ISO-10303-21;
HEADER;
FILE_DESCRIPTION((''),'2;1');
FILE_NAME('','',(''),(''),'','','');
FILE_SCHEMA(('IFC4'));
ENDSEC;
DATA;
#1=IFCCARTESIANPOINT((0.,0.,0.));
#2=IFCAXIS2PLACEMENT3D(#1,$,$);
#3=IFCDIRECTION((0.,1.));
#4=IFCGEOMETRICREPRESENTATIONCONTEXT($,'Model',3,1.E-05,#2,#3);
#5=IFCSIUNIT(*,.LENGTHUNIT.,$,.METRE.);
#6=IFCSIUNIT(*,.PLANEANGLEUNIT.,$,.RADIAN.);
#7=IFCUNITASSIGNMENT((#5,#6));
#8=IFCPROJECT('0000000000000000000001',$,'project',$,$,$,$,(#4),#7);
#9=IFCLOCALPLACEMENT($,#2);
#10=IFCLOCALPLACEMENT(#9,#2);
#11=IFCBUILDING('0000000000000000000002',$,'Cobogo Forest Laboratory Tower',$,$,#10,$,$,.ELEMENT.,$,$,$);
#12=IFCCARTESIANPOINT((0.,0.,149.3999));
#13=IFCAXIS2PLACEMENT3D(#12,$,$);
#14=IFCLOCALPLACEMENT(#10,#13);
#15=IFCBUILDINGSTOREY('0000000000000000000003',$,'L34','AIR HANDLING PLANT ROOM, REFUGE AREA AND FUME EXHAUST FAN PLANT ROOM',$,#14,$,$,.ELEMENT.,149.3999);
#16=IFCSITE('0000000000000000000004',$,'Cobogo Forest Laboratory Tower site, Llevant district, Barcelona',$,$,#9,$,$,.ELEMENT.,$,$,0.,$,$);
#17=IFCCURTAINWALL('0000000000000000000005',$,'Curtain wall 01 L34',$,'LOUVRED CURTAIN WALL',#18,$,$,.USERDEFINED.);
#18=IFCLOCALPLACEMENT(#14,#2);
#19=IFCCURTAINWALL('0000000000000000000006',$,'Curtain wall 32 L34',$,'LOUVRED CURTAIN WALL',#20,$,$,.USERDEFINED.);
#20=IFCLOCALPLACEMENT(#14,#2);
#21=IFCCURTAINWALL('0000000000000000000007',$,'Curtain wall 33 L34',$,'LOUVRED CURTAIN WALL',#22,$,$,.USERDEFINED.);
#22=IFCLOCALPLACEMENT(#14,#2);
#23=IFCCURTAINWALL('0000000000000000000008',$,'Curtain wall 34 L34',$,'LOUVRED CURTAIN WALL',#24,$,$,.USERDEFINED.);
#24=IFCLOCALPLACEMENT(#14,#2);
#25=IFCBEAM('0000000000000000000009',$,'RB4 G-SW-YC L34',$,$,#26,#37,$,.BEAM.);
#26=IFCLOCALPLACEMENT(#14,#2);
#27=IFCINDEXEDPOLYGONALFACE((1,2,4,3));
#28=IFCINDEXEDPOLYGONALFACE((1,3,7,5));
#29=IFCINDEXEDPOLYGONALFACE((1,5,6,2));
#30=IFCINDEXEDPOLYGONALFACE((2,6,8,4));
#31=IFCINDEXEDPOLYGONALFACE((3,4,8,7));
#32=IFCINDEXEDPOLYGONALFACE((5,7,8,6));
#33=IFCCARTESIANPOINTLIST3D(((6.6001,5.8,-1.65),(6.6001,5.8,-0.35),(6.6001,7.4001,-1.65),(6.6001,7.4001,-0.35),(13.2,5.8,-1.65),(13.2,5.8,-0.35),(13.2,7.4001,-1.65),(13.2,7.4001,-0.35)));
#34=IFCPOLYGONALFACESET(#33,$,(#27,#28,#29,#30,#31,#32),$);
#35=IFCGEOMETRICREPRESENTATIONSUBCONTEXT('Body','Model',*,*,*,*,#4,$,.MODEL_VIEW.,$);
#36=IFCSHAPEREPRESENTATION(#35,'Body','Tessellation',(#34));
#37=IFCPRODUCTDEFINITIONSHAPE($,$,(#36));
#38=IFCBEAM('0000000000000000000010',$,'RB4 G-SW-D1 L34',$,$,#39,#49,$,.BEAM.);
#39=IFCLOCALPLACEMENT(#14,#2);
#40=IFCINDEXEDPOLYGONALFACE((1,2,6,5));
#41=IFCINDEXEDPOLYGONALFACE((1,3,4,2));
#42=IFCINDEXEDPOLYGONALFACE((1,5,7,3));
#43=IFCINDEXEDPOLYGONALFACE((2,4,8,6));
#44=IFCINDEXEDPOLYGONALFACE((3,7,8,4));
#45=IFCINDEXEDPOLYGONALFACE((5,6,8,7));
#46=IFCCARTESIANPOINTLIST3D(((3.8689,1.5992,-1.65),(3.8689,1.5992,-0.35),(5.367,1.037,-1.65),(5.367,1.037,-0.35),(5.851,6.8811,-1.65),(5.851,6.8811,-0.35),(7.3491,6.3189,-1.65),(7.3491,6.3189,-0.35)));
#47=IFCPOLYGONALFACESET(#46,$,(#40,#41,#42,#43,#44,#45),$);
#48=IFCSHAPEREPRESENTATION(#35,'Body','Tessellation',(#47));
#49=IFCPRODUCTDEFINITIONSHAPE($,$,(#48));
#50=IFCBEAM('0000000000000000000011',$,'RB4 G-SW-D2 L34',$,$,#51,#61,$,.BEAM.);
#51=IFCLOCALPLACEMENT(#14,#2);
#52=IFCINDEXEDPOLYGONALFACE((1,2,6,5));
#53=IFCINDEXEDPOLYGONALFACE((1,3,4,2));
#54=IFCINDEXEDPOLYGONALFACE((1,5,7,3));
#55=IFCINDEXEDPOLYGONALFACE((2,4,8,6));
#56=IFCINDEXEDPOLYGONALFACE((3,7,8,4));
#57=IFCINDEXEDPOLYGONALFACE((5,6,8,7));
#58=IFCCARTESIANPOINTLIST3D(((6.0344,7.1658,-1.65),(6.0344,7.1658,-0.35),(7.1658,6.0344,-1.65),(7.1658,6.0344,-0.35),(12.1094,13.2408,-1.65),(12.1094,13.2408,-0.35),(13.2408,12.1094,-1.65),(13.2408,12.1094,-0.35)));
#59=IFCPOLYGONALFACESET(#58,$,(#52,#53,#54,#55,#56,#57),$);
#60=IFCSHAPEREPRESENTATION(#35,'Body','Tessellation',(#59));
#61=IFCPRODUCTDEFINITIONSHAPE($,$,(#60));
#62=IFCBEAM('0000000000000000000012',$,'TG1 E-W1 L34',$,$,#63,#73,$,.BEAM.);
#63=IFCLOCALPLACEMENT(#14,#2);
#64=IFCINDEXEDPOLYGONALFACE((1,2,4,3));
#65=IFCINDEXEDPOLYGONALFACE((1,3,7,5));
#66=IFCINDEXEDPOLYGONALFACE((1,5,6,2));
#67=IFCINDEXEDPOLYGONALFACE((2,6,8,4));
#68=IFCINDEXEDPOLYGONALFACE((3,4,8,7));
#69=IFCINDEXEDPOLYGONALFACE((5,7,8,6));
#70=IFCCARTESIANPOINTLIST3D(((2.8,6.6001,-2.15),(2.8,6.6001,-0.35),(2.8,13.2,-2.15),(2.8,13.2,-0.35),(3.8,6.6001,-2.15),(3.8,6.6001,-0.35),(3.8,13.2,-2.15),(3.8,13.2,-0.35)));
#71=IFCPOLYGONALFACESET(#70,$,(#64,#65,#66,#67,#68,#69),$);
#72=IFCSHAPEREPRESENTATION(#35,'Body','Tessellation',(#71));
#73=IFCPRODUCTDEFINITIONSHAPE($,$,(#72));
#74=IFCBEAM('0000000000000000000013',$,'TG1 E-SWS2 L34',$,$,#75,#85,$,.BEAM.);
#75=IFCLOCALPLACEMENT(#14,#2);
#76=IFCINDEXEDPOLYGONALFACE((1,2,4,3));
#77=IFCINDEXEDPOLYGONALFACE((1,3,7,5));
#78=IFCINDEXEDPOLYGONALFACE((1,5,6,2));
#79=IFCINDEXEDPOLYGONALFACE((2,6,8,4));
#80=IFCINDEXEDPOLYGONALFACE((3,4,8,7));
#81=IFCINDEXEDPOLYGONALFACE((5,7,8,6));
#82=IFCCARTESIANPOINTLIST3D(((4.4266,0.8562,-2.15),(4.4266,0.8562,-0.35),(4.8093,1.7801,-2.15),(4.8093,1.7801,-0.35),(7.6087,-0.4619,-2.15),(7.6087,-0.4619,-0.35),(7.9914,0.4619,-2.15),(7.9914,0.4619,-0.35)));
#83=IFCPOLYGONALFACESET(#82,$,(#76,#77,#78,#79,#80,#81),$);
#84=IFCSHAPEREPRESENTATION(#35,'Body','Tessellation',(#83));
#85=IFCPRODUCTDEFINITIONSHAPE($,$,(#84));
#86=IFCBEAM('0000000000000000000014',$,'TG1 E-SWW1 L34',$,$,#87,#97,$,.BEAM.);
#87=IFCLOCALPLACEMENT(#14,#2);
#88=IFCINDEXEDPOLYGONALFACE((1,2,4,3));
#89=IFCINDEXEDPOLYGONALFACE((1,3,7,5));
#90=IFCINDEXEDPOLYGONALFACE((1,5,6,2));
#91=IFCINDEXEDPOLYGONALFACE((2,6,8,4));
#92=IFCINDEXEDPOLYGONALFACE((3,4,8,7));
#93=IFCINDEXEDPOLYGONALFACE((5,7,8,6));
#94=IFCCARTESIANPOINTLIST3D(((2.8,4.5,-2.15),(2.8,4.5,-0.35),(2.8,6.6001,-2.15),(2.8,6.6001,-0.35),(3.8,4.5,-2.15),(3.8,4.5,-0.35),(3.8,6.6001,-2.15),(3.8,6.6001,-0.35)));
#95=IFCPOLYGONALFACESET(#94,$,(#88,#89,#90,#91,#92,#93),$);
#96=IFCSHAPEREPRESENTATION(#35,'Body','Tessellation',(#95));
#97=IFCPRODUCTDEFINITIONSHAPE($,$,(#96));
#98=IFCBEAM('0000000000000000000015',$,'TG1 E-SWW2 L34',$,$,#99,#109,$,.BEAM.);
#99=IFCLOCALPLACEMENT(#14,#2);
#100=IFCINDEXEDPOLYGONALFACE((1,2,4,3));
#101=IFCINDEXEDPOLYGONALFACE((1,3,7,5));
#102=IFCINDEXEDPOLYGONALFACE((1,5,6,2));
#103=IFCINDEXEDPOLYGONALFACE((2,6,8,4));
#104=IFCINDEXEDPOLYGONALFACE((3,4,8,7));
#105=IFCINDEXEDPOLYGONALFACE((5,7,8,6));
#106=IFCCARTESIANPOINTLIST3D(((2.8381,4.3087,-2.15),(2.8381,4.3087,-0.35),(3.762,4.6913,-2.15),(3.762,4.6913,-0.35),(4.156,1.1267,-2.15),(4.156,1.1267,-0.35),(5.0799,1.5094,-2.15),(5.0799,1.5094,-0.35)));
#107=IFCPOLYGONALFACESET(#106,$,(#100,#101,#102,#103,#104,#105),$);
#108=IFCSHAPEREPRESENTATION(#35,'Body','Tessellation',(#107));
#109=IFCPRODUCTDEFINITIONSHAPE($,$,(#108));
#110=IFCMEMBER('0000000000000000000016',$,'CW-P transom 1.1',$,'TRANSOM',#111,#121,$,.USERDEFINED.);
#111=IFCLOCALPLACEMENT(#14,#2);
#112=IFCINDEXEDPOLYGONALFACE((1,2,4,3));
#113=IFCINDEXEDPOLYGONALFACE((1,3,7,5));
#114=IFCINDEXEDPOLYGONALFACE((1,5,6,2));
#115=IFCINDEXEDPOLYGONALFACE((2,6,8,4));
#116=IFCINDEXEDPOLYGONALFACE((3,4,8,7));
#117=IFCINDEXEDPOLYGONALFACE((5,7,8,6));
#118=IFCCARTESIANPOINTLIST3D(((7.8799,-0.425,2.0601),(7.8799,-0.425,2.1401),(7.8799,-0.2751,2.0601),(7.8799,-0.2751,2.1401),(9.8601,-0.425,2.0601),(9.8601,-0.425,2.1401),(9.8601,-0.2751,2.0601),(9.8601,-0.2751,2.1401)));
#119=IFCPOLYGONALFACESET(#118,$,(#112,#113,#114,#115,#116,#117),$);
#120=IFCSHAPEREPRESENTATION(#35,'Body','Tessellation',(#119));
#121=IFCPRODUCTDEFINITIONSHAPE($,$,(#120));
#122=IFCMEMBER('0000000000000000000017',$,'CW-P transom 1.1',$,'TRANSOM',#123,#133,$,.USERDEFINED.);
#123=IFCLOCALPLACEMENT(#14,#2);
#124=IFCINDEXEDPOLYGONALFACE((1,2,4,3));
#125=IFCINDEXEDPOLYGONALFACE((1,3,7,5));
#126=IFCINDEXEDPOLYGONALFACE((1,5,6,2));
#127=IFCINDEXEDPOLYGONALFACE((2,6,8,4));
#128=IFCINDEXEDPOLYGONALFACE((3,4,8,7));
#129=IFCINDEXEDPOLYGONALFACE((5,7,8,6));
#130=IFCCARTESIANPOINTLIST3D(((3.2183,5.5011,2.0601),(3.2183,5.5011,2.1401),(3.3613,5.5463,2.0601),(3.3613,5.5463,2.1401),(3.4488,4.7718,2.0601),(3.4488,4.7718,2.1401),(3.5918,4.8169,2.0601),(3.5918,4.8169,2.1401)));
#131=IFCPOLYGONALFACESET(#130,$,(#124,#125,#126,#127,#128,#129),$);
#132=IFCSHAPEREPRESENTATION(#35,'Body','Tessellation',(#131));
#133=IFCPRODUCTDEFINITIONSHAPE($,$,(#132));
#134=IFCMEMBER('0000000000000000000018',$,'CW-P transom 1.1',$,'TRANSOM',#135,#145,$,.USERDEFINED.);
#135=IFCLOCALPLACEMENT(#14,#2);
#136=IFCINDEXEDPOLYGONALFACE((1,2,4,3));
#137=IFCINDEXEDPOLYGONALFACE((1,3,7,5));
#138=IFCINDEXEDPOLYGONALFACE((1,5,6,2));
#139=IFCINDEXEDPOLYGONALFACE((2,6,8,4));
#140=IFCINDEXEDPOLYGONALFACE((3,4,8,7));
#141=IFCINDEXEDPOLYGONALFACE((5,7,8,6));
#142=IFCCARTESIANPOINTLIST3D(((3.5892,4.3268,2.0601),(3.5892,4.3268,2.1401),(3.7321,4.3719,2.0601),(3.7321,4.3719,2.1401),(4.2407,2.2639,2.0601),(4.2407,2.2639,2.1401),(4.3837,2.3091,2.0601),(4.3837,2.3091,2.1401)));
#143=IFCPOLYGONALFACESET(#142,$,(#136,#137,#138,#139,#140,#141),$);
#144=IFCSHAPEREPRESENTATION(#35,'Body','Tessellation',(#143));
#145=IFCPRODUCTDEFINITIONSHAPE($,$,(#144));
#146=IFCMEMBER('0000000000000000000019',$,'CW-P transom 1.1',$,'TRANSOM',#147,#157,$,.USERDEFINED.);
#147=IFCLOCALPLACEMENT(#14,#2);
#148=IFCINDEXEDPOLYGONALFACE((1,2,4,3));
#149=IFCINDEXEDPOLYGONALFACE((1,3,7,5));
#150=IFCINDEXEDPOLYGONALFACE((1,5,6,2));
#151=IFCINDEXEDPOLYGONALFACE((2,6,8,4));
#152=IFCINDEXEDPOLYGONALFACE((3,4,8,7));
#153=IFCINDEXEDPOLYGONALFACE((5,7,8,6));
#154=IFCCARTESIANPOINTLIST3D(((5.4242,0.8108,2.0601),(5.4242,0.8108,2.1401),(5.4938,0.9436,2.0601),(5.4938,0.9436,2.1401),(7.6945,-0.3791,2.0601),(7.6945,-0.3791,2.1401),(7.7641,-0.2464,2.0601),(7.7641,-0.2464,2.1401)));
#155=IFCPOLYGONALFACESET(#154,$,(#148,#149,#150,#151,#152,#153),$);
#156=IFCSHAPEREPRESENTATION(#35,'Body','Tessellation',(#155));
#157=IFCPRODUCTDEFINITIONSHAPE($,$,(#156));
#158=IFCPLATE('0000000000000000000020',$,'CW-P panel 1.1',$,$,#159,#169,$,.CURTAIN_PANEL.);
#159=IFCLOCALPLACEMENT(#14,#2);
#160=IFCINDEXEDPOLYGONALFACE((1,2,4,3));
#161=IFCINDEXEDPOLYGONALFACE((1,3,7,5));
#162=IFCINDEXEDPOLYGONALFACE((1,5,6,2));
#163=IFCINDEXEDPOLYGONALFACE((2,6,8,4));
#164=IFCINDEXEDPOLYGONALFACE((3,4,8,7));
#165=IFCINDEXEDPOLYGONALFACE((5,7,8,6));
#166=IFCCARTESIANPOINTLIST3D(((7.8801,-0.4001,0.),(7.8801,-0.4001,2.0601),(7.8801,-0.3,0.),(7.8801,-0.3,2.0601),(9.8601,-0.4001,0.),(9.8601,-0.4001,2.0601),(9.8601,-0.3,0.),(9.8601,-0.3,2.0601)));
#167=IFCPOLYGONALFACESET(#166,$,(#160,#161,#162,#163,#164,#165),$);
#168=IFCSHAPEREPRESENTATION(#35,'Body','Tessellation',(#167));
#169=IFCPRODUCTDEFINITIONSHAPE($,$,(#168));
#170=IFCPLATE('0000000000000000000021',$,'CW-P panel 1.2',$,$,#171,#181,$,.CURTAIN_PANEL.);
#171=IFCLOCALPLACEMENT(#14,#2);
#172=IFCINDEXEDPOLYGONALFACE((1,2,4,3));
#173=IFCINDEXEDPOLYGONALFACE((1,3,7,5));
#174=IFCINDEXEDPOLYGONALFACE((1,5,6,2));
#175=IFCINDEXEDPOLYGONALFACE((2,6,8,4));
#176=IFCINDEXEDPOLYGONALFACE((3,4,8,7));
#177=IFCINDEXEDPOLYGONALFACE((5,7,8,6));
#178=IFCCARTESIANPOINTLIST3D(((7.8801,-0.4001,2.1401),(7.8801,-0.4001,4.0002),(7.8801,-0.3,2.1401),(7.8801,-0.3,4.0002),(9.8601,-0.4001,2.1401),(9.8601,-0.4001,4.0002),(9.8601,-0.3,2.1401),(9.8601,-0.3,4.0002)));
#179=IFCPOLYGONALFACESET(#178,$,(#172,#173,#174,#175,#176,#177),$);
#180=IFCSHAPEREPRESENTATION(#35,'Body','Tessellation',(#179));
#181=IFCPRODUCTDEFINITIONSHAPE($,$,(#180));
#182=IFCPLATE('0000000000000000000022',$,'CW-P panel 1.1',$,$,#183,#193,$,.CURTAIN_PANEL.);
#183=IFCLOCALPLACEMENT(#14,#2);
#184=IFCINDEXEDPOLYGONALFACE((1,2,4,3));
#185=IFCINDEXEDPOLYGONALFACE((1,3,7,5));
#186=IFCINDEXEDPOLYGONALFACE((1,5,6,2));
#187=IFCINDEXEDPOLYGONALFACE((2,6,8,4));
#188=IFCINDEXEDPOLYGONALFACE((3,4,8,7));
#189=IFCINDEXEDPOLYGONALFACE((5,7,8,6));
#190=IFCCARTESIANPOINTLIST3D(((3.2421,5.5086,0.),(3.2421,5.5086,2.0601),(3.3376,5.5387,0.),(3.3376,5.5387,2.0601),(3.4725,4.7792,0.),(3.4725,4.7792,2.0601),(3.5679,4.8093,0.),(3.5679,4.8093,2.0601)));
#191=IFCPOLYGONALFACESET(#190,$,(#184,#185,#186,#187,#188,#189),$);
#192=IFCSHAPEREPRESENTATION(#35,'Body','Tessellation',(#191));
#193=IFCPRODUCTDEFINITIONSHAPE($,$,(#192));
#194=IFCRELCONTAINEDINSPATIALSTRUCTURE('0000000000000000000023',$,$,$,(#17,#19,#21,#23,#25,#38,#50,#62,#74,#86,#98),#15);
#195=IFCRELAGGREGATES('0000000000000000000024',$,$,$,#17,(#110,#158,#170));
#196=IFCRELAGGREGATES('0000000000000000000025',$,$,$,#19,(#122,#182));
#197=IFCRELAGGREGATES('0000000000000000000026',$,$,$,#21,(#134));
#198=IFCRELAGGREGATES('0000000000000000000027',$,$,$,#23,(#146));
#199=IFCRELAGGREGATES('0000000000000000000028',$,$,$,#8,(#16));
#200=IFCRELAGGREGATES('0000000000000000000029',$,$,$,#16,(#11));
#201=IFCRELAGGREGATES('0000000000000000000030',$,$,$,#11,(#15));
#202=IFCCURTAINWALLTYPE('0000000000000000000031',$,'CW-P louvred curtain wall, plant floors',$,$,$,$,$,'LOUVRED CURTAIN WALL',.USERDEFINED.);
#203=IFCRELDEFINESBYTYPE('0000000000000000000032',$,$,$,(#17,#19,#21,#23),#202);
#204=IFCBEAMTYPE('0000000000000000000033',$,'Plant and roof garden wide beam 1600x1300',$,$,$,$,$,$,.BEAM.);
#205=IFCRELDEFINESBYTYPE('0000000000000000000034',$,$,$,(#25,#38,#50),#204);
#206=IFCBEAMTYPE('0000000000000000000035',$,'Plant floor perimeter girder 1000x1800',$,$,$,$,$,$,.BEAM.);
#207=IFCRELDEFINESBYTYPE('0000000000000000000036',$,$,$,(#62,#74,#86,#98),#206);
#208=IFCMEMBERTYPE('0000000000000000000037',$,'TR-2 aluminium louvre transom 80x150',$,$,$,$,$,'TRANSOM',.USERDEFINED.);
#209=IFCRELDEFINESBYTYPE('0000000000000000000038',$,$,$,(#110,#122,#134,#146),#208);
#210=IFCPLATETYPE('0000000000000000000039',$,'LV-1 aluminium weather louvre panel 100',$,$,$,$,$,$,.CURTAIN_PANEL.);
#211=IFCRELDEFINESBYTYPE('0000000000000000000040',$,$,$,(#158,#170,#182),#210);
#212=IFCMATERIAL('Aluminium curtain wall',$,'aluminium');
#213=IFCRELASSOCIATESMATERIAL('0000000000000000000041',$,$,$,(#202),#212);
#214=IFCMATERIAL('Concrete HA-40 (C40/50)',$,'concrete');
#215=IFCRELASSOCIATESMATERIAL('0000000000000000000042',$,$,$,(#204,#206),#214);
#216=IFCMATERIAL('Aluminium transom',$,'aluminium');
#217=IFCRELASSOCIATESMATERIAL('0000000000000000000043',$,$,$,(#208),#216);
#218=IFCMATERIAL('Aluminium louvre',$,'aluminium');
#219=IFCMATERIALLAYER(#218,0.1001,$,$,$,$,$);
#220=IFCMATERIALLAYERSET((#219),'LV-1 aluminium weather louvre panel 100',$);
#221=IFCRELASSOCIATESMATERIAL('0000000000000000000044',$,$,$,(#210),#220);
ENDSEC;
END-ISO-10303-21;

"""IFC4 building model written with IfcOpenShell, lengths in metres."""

from ifc_helpers import new_model, si_unit, direction, frame, origin, origin_2d, place, context, subcontext, project, spatial, rectangle, extrude, material, layer, layer_set, material_profile, profile_set, type_object, element, aggregate, save


model = new_model("IFC4")

# Units and contexts
model_context = context("Model", 3, precision=1e-05, world=origin(), true_north=direction((0.0, 1.0)))
body_context = subcontext(model_context, "Body", "Model", "MODEL_VIEW")
ifc_project = project(units=[si_unit("LENGTHUNIT", "METRE"), si_unit("PLANEANGLEUNIT", "RADIAN")], contexts=[model_context])

# Site, building, storey
site_placement = place(None, origin())
site = spatial("IfcSite", under=ifc_project, at=site_placement, Name="Cobogo Forest Laboratory Tower site, Llevant district, Barcelona", CompositionType="ELEMENT", RefElevation=0.0)
building_placement = place(site_placement, origin())
building = spatial("IfcBuilding", under=site, at=building_placement, Name="Cobogo Forest Laboratory Tower", CompositionType="ELEMENT")
storey_placement = place(building_placement, frame((0.0, 0.0, 149.3999)))
storey = spatial("IfcBuildingStorey", under=building, at=storey_placement, Name="L34", Description="AIR HANDLING PLANT ROOM, REFUGE AREA AND FUME EXHAUST FAN PLANT ROOM", CompositionType="ELEMENT", Elevation=149.3999)

# Curtain walls
ifc_material_1 = material(Name="Aluminium curtain wall", Category="aluminium")
curtain_wall_type = type_object("IfcCurtainWallType", Name="CW-P louvred curtain wall, plant floors", ElementType="LOUVRED CURTAIN WALL", PredefinedType="USERDEFINED", material=ifc_material_1)
curtain_wall_1_placement = place(storey_placement, origin())
curtain_wall_1 = element("IfcCurtainWall", 1, at=curtain_wall_1_placement, inside=storey, type_object=curtain_wall_type, Name="Curtain wall 01 L34", ObjectType="LOUVRED CURTAIN WALL", PredefinedType="USERDEFINED")
curtain_wall_2_placement = place(storey_placement, origin())
curtain_wall_2 = element("IfcCurtainWall", 2, at=curtain_wall_2_placement, inside=storey, type_object=curtain_wall_type, Name="Curtain wall 32 L34", ObjectType="LOUVRED CURTAIN WALL", PredefinedType="USERDEFINED")
curtain_wall_3_placement = place(storey_placement, origin())
curtain_wall_3 = element("IfcCurtainWall", 3, at=curtain_wall_3_placement, inside=storey, type_object=curtain_wall_type, Name="Curtain wall 33 L34", ObjectType="LOUVRED CURTAIN WALL", PredefinedType="USERDEFINED")
curtain_wall_4_placement = place(storey_placement, origin())
curtain_wall_4 = element("IfcCurtainWall", 4, at=curtain_wall_4_placement, inside=storey, type_object=curtain_wall_type, Name="Curtain wall 34 L34", ObjectType="LOUVRED CURTAIN WALL", PredefinedType="USERDEFINED")

# Beams
ifc_material_2 = material(Name="Concrete HA-40 (C40/50)", Category="concrete")
ifc_material_profile_1 = material_profile(ifc_material_2, rectangle(XDim=1.6001, YDim=1.3, at=origin_2d()), Name="RC 1600x1300")
ifc_profile_set_1 = profile_set([ifc_material_profile_1], Name="Concrete HA-40 (C40/50)")
beam_type_1 = type_object("IfcBeamType", Name="Plant and roof garden wide beam 1600x1300", PredefinedType="BEAM", material=ifc_profile_set_1)
beam_1_placement = place(storey_placement, frame((6.6001, 6.6001, -1.0), z_axis=(1.0, 0.0, 0.0), x_axis=(0.0, 1.0, 0.0)))
element("IfcBeam", 5, at=beam_1_placement, inside=storey, type_object=beam_type_1, Name="RB4 G-SW-YC L34", PredefinedType="BEAM", context=body_context, shape_type="SweptSolid", body=[
    extrude(rectangle(XDim=1.6001, YDim=1.3, at=origin_2d()), origin(), (0.0, 0.0, 1.0), 6.5999),
])
beam_2_placement = place(storey_placement, frame((4.6179, 1.3181, -1.0), z_axis=(0.351346, 0.936246, 0.0), x_axis=(-0.936246, 0.351346, 0.0)))
element("IfcBeam", 6, at=beam_2_placement, inside=storey, type_object=beam_type_1, Name="RB4 G-SW-D1 L34", PredefinedType="BEAM", context=body_context, shape_type="SweptSolid", body=[
    extrude(rectangle(XDim=1.6001, YDim=1.3, at=origin_2d()), origin(), (0.0, 0.0, 1.0), 5.6416),
])
beam_3_placement = place(storey_placement, frame((6.6001, 6.6001, -1.0), z_axis=(0.707107, 0.707107, 0.0), x_axis=(-0.707107, 0.707107, 0.0)))
element("IfcBeam", 7, at=beam_3_placement, inside=storey, type_object=beam_type_1, Name="RB4 G-SW-D2 L34", PredefinedType="BEAM", context=body_context, shape_type="SweptSolid", body=[
    extrude(rectangle(XDim=1.6001, YDim=1.3, at=origin_2d()), origin(), (0.0, 0.0, 1.0), 8.5913),
])
ifc_material_profile_2 = material_profile(ifc_material_2, rectangle(XDim=1.0, YDim=1.8, at=origin_2d()), Name="RC 1000x1800")
ifc_profile_set_2 = profile_set([ifc_material_profile_2], Name="Concrete HA-40 (C40/50)")
beam_type_2 = type_object("IfcBeamType", Name="Plant floor perimeter girder 1000x1800", PredefinedType="BEAM", material=ifc_profile_set_2)
beam_4_placement = place(storey_placement, frame((3.3, 6.6001, -1.25), z_axis=(0.0, 1.0, 0.0), x_axis=(-1.0, 0.0, 0.0)))
element("IfcBeam", 8, at=beam_4_placement, inside=storey, type_object=beam_type_2, Name="TG1 E-W1 L34", PredefinedType="BEAM", context=body_context, shape_type="SweptSolid", body=[
    extrude(rectangle(XDim=1.0, YDim=1.8, at=origin_2d()), origin(), (0.0, 0.0, 1.0), 6.5999),
])
beam_5_placement = place(storey_placement, frame((7.8, 0.0, -1.25), z_axis=(-0.923876, 0.382692, 0.0), x_axis=(-0.382692, -0.923876, 0.0)))
element("IfcBeam", 9, at=beam_5_placement, inside=storey, type_object=beam_type_2, Name="TG1 E-SWS2 L34", PredefinedType="BEAM", context=body_context, shape_type="SweptSolid", body=[
    extrude(rectangle(XDim=1.0, YDim=1.8, at=origin_2d()), origin(), (0.0, 0.0, 1.0), 3.4443),
])
beam_6_placement = place(storey_placement, frame((3.3, 6.6001, -1.25), z_axis=(0.0, -1.0, 0.0), x_axis=(1.0, 0.0, 0.0)))
element("IfcBeam", 10, at=beam_6_placement, inside=storey, type_object=beam_type_2, Name="TG1 E-SWW1 L34", PredefinedType="BEAM", context=body_context, shape_type="SweptSolid", body=[
    extrude(rectangle(XDim=1.0, YDim=1.8, at=origin_2d()), origin(), (0.0, 0.0, 1.0), 2.1001),
])
beam_7_placement = place(storey_placement, frame((3.3, 4.5, -1.25), z_axis=(0.382656, -0.923891, 0.0), x_axis=(0.923891, 0.382656, 0.0)))
element("IfcBeam", 11, at=beam_7_placement, inside=storey, type_object=beam_type_2, Name="TG1 E-SWW2 L34", PredefinedType="BEAM", context=body_context, shape_type="SweptSolid", body=[
    extrude(rectangle(XDim=1.0, YDim=1.8, at=origin_2d()), origin(), (0.0, 0.0, 1.0), 3.4441),
])

# Members
ifc_material_3 = material(Name="Aluminium transom", Category="aluminium")
ifc_material_profile_3 = material_profile(ifc_material_3, rectangle(XDim=0.1499, YDim=0.0801, at=origin_2d()), Name="AL 80x150")
ifc_profile_set_3 = profile_set([ifc_material_profile_3], Name="Aluminium transom")
member_type_1 = type_object("IfcMemberType", Name="TR-2 aluminium louvre transom 80x150", ElementType="TRANSOM", PredefinedType="USERDEFINED", material=ifc_profile_set_3)
member_1_placement = place(storey_placement, frame((7.8799, -0.3501, 2.1001), z_axis=(1.0, 0.0, 0.0), x_axis=(0.0, 1.0, 0.0)))
member_1 = element("IfcMember", 12, at=member_1_placement, type_object=member_type_1, Name="CW-P transom 1.1", ObjectType="TRANSOM", PredefinedType="USERDEFINED", context=body_context, shape_type="SweptSolid", body=[
    extrude(rectangle(XDim=0.1499, YDim=0.0801, at=origin_2d()), origin(), (0.0, 0.0, 1.0), 1.9802),
])
member_2_placement = place(storey_placement, frame((3.2898, 5.5237, 2.1001), z_axis=(0.301345, -0.953515, 0.0), x_axis=(0.953515, 0.301345, 0.0)))
member_2 = element("IfcMember", 13, at=member_2_placement, type_object=member_type_1, Name="CW-P transom 1.1", ObjectType="TRANSOM", PredefinedType="USERDEFINED", context=body_context, shape_type="SweptSolid", body=[
    extrude(rectangle(XDim=0.1499, YDim=0.0801, at=origin_2d()), origin(), (0.0, 0.0, 1.0), 0.7649),
])
member_3_placement = place(storey_placement, frame((3.6606, 4.3494, 2.1001), z_axis=(0.301191, -0.953564, 0.0), x_axis=(0.953564, 0.301191, 0.0)))
member_3 = element("IfcMember", 14, at=member_3_placement, type_object=member_type_1, Name="CW-P transom 1.1", ObjectType="TRANSOM", PredefinedType="USERDEFINED", context=body_context, shape_type="SweptSolid", body=[
    extrude(rectangle(XDim=0.1499, YDim=0.0801, at=origin_2d()), origin(), (0.0, 0.0, 1.0), 2.1633),
])
member_4_placement = place(storey_placement, frame((5.459, 0.8772, 2.1001), z_axis=(0.88571, -0.464238, 0.0), x_axis=(0.464238, 0.88571, 0.0)))
member_4 = element("IfcMember", 15, at=member_4_placement, type_object=member_type_1, Name="CW-P transom 1.1", ObjectType="TRANSOM", PredefinedType="USERDEFINED", context=body_context, shape_type="SweptSolid", body=[
    extrude(rectangle(XDim=0.1499, YDim=0.0801, at=origin_2d()), origin(), (0.0, 0.0, 1.0), 2.5632),
])

# Plates
ifc_material_4 = material(Name="Aluminium louvre", Category="aluminium")
ifc_layer_1 = layer(ifc_material_4, 0.1001)
ifc_layer_set_1 = layer_set([ifc_layer_1], Name="LV-1 aluminium weather louvre panel 100")
plate_type = type_object("IfcPlateType", Name="LV-1 aluminium weather louvre panel 100", PredefinedType="CURTAIN_PANEL", material=ifc_layer_set_1)
plate_1_placement = place(storey_placement, frame((8.8701, -0.3501, 0.0), z_axis=(0.0, 0.0, 1.0), x_axis=(1.0, 0.0, 0.0)))
plate_1 = element("IfcPlate", 16, at=plate_1_placement, type_object=plate_type, Name="CW-P panel 1.1", PredefinedType="CURTAIN_PANEL", context=body_context, shape_type="SweptSolid", body=[
    extrude(rectangle(XDim=1.98, YDim=0.1001, at=origin_2d()), origin(), (0.0, 0.0, 1.0), 2.0601),
])
plate_2_placement = place(storey_placement, frame((8.8701, -0.3501, 2.1401), z_axis=(0.0, 0.0, 1.0), x_axis=(1.0, 0.0, 0.0)))
plate_2 = element("IfcPlate", 17, at=plate_2_placement, type_object=plate_type, Name="CW-P panel 1.2", PredefinedType="CURTAIN_PANEL", context=body_context, shape_type="SweptSolid", body=[
    extrude(rectangle(XDim=1.98, YDim=0.1001, at=origin_2d()), origin(), (0.0, 0.0, 1.0), 1.8601),
])
aggregate(curtain_wall_1, [member_1, plate_1, plate_2])
plate_3_placement = place(storey_placement, frame((3.405, 5.1589, 0.0), z_axis=(0.0, 0.0, 1.0), x_axis=(0.301135, -0.953581, 0.0)))
plate_3 = element("IfcPlate", 18, at=plate_3_placement, type_object=plate_type, Name="CW-P panel 1.1", PredefinedType="CURTAIN_PANEL", context=body_context, shape_type="SweptSolid", body=[
    extrude(rectangle(XDim=0.7649, YDim=0.1001, at=origin_2d()), origin(), (0.0, 0.0, 1.0), 2.0601),
])
aggregate(curtain_wall_2, [member_2, plate_3])
aggregate(curtain_wall_3, [member_3])
aggregate(curtain_wall_4, [member_4])

save(model, "model.ifc")
